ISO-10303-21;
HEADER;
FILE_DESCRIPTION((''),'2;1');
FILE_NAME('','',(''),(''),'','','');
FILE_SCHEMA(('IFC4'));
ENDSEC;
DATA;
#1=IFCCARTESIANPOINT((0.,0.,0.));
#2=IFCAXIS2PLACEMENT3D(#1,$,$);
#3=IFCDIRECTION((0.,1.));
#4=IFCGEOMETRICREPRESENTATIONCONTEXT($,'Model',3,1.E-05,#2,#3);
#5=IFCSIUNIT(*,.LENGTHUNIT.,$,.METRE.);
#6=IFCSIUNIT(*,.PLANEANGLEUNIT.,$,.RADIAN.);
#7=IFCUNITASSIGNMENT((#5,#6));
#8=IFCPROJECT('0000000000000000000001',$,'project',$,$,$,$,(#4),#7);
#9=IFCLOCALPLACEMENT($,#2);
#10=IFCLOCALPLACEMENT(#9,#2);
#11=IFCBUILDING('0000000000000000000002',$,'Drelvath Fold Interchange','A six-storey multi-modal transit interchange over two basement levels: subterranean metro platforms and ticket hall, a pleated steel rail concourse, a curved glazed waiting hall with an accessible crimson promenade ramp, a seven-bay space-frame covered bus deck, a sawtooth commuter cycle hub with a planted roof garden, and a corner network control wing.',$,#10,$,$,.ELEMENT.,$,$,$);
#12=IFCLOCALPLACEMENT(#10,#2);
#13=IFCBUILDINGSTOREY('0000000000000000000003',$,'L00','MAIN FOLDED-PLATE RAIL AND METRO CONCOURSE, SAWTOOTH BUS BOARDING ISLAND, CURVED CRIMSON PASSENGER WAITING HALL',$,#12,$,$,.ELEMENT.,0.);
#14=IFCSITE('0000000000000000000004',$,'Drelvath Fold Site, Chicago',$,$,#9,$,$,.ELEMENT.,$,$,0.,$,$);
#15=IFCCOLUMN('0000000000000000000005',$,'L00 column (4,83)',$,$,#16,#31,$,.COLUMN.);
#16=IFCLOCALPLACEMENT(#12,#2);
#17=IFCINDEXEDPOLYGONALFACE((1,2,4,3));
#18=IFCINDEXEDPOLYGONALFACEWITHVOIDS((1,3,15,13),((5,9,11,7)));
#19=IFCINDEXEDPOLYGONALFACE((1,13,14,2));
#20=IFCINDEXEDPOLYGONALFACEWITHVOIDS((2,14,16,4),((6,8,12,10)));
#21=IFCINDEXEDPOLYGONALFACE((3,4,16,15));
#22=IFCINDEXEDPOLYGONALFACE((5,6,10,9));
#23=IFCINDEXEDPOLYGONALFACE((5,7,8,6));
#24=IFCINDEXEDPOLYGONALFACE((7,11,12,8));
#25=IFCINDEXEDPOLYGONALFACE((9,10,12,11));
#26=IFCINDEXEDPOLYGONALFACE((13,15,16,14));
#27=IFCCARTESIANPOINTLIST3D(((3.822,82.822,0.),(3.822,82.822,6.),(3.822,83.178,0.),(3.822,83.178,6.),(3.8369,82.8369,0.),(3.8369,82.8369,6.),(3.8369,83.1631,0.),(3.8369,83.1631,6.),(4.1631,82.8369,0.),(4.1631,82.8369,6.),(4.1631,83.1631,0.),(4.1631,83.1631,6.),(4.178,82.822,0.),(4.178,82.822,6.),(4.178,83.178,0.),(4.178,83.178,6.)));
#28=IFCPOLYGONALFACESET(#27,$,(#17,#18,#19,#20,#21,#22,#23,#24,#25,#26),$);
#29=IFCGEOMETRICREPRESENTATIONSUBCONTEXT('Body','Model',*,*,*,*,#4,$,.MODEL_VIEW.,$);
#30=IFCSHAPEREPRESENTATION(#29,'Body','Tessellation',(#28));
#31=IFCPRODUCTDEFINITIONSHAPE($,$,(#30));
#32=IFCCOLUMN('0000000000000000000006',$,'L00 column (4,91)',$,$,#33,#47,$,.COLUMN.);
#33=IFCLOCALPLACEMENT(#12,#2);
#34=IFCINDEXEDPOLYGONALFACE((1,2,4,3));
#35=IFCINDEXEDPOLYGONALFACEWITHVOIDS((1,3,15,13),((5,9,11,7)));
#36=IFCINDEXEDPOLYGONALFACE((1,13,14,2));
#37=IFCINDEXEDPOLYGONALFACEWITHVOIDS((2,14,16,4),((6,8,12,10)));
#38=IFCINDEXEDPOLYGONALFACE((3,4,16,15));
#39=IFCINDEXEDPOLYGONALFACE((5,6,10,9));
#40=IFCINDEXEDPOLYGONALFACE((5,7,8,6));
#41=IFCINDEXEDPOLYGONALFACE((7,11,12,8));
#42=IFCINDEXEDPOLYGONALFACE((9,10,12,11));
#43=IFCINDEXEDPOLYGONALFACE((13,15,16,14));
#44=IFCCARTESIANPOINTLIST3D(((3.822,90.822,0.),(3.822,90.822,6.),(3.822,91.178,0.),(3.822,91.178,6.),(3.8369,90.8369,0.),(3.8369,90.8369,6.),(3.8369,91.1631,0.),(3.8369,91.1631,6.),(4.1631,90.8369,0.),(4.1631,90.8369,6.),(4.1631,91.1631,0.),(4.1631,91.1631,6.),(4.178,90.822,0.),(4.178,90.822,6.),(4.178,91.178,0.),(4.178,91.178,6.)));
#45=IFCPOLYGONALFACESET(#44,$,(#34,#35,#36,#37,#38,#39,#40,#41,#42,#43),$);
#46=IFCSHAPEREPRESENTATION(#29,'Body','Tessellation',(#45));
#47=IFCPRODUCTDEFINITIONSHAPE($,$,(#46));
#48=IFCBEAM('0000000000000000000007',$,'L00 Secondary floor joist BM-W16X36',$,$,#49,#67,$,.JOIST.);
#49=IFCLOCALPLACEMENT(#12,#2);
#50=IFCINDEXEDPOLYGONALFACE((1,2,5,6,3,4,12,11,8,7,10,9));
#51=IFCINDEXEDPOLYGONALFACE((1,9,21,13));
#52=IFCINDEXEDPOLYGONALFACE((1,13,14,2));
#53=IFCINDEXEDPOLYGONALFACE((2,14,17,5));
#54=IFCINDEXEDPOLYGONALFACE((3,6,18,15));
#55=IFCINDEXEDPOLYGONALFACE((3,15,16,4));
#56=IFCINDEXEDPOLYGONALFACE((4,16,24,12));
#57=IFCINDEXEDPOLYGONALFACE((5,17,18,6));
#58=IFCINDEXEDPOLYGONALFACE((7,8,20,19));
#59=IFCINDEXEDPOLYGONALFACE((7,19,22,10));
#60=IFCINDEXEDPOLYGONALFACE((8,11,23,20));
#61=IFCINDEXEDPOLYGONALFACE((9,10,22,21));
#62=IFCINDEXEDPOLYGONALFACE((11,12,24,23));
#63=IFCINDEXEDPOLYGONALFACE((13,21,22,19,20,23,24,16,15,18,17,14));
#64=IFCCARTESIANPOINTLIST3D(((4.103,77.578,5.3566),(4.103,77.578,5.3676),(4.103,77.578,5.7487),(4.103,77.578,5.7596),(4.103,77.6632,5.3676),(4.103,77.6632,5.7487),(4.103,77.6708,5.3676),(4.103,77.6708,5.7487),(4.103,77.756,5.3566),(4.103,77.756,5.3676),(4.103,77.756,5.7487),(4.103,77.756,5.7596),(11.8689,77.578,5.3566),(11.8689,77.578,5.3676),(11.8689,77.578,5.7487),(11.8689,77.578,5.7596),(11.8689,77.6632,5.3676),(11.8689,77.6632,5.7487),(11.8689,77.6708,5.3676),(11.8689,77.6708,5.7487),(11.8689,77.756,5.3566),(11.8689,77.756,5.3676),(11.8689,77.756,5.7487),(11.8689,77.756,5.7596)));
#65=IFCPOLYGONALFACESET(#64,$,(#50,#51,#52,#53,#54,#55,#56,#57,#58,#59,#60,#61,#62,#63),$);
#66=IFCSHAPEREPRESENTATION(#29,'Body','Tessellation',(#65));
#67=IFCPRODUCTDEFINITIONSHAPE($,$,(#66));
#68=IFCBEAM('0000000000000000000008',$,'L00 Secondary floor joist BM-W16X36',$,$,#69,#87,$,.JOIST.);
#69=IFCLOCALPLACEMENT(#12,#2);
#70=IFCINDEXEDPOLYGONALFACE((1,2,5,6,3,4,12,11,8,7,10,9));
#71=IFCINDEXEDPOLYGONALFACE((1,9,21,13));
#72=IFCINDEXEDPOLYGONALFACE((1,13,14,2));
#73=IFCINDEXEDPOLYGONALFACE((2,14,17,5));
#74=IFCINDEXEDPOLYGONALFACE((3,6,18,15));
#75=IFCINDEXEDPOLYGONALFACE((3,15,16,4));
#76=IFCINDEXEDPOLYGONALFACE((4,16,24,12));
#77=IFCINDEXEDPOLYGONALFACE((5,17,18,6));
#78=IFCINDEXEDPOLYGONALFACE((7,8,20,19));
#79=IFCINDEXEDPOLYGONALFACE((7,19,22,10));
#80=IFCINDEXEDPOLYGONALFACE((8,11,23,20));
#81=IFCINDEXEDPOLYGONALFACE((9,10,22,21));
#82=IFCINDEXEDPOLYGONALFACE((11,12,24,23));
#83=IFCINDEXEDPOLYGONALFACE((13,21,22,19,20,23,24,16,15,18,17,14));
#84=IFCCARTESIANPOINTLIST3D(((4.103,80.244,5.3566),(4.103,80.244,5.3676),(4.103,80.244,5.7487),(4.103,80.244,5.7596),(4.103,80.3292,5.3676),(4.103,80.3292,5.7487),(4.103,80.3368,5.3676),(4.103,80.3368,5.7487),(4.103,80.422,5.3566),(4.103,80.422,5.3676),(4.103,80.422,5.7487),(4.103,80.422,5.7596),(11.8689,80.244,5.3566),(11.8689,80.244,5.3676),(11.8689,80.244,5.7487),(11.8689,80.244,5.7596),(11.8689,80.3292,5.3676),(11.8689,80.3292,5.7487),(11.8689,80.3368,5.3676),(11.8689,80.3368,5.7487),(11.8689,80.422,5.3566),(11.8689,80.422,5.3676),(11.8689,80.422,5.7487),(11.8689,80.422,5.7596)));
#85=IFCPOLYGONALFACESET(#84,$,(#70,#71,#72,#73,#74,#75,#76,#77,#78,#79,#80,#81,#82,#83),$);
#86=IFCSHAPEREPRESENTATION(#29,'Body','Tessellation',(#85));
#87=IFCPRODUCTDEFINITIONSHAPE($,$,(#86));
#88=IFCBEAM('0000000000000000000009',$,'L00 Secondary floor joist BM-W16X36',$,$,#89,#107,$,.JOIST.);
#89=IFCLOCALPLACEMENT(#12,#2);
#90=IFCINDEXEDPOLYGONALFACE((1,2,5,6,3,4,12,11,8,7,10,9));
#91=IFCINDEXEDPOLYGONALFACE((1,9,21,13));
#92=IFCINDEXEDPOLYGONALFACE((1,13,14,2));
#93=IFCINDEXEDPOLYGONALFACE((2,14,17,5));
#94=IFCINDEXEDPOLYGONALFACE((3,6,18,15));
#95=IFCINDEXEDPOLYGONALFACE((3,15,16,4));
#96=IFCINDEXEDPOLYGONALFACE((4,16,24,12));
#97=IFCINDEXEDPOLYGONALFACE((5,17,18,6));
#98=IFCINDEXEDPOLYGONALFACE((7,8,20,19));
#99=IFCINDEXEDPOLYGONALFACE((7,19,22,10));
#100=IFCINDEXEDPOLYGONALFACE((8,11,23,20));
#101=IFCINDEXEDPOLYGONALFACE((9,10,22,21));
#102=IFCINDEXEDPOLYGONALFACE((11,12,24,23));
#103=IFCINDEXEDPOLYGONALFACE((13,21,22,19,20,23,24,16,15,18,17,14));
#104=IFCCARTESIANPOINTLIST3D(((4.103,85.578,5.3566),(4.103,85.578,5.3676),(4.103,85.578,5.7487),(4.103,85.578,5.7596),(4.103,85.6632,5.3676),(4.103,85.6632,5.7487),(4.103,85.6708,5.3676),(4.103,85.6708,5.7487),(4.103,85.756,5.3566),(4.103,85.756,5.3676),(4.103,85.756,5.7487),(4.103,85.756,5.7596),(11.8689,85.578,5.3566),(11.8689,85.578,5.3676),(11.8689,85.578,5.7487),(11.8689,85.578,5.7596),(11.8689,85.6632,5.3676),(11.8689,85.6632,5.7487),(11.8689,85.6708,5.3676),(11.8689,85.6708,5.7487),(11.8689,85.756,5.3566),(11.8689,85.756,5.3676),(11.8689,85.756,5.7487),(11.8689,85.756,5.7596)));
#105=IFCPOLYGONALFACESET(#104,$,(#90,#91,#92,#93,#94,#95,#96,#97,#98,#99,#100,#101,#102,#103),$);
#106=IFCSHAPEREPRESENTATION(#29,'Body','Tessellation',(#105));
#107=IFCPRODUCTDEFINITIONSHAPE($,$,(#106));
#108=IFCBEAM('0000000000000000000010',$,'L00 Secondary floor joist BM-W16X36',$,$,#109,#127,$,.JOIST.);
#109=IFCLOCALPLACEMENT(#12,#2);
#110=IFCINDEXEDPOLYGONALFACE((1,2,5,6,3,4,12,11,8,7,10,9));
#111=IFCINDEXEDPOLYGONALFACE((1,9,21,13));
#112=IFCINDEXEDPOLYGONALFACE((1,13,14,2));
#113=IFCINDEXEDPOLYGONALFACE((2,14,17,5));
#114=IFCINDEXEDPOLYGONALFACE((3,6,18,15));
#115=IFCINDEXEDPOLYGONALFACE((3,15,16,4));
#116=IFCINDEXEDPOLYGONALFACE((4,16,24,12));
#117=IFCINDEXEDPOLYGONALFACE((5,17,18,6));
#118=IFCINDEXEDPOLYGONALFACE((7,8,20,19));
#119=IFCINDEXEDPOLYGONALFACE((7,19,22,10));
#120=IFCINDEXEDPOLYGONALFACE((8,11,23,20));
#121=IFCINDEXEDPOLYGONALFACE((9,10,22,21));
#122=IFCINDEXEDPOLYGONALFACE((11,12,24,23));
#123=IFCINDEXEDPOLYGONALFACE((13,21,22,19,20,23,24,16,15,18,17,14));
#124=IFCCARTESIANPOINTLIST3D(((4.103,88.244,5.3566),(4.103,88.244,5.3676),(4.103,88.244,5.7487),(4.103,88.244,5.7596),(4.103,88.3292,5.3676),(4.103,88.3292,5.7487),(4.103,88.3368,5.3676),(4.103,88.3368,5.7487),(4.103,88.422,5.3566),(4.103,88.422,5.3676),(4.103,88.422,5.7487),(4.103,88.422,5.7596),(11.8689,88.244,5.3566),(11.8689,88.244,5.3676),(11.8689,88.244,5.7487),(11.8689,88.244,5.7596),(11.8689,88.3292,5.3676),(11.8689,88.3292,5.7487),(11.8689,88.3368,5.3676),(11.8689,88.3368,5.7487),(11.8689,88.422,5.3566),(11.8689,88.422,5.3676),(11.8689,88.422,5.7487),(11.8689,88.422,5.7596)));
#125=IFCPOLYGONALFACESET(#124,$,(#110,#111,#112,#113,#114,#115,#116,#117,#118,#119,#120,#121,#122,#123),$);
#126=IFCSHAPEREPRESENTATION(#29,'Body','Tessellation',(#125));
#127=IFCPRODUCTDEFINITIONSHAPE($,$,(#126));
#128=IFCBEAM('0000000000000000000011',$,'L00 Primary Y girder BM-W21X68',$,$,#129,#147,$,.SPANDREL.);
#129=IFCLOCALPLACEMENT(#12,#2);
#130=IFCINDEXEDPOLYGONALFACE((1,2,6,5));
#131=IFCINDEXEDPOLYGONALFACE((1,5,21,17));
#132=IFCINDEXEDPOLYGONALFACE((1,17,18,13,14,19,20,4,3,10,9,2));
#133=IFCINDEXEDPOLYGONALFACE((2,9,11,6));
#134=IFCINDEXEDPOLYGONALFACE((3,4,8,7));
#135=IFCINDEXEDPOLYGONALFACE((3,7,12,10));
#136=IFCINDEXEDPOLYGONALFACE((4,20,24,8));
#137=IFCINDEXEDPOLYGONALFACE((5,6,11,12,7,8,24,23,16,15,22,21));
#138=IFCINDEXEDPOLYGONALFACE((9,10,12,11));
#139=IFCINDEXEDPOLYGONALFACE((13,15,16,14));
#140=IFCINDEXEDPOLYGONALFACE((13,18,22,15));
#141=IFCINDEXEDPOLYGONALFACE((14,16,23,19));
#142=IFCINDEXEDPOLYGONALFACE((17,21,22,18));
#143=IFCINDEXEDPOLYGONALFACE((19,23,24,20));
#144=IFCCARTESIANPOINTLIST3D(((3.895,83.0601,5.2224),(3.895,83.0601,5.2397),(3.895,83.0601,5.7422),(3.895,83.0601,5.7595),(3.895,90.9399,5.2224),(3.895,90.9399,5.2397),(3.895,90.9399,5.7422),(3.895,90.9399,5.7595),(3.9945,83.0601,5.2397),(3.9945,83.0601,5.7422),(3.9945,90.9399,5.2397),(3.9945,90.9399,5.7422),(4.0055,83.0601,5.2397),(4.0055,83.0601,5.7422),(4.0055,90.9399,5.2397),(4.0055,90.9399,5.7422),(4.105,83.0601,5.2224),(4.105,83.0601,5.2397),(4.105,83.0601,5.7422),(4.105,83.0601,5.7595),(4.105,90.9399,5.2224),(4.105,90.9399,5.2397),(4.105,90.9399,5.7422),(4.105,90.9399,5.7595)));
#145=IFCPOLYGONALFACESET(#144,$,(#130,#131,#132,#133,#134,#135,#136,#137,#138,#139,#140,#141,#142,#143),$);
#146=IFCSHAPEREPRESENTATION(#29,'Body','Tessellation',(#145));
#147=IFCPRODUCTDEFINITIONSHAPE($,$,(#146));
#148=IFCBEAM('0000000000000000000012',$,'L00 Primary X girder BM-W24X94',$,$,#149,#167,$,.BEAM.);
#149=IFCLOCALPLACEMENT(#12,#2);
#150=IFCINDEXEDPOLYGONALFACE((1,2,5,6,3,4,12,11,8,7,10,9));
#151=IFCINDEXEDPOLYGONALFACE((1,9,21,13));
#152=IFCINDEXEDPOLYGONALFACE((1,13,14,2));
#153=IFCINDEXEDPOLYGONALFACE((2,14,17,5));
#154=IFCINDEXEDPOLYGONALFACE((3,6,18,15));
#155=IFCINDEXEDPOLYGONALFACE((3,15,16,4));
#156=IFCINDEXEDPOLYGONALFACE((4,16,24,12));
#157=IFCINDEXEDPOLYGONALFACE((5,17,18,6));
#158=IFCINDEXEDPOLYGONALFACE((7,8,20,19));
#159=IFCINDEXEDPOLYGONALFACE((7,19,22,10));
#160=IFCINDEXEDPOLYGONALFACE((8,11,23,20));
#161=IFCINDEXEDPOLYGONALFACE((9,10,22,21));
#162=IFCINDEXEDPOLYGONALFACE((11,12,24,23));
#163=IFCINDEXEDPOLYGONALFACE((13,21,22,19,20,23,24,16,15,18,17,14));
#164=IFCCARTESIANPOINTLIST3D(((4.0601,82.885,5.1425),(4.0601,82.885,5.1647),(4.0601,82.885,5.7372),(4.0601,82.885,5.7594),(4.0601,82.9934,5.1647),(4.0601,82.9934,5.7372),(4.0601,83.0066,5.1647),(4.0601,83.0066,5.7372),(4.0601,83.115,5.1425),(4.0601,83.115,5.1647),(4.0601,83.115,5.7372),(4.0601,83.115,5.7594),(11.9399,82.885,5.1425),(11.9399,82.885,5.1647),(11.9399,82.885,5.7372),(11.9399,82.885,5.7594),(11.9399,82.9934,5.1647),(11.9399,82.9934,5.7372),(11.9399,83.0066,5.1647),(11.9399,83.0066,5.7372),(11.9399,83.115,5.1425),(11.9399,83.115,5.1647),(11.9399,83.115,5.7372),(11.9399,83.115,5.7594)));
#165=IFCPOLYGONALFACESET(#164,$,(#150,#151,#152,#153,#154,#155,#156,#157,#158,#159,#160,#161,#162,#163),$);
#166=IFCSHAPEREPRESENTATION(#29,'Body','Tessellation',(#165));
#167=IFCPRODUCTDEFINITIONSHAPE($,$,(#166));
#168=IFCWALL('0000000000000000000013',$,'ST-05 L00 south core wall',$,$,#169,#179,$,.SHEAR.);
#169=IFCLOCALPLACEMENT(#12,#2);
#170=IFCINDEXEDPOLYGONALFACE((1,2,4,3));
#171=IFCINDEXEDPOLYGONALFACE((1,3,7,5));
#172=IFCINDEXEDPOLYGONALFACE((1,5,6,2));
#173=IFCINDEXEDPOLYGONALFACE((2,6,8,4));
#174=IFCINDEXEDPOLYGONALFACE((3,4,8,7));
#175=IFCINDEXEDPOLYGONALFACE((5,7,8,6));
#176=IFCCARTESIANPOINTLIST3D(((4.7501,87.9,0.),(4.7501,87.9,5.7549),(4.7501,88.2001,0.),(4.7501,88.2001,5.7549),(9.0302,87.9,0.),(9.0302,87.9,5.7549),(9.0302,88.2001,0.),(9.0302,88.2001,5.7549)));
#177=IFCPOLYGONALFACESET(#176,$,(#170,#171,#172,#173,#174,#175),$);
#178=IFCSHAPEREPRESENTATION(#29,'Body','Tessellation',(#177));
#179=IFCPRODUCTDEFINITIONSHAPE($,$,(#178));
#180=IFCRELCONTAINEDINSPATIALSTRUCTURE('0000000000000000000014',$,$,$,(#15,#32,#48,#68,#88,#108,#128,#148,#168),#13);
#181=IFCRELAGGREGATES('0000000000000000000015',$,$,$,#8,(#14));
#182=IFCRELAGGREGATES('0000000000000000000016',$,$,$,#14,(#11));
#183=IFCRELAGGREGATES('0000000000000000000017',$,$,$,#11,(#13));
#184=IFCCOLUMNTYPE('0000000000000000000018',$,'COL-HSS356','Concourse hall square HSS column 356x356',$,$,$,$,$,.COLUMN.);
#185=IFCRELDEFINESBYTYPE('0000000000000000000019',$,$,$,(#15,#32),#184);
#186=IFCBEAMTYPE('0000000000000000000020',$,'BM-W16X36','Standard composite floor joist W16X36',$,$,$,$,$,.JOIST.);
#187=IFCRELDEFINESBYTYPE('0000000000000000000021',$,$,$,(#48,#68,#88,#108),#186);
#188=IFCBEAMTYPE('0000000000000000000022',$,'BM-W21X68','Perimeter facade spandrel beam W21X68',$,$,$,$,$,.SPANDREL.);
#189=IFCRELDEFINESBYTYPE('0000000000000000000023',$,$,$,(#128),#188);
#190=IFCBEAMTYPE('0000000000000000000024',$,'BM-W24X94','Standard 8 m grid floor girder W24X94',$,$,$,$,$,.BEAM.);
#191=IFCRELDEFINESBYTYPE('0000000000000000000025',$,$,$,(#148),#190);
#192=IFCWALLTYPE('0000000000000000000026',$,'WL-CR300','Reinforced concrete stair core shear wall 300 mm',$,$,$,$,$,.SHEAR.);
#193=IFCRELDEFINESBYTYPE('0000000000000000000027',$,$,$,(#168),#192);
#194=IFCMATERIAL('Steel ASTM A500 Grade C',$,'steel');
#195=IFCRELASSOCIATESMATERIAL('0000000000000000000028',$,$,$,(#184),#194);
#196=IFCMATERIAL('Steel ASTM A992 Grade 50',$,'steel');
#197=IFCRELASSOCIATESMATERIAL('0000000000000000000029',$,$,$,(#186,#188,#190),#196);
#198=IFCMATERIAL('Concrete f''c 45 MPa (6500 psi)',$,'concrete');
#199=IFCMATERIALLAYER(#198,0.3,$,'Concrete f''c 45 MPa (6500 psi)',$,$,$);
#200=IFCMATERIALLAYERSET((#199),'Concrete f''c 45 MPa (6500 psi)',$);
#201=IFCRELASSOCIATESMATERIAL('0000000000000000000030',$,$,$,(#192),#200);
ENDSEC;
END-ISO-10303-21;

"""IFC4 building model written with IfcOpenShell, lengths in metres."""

from ifc_helpers import new_model, si_unit, direction, frame, frame_2d, origin, origin_2d, place, context, subcontext, project, spatial, rectangle, hollow_rectangle, i_section, extrude, material, layer, layer_set, material_profile, profile_set, type_object, element, save


model = new_model("IFC4")

# Units and contexts
model_context = context("Model", 3, precision=1e-05, world=origin(), true_north=direction((0.0, 1.0)))
body_context = subcontext(model_context, "Body", "Model", "MODEL_VIEW")
ifc_project = project(units=[si_unit("LENGTHUNIT", "METRE"), si_unit("PLANEANGLEUNIT", "RADIAN")], contexts=[model_context])

# Site, building, storey
site_placement = place(None, origin())
site = spatial("IfcSite", under=ifc_project, at=site_placement, Name="Drelvath Fold Site, Chicago", CompositionType="ELEMENT", RefElevation=0.0)
building_placement = place(site_placement, origin())
building = spatial("IfcBuilding", under=site, at=building_placement, Name="Drelvath Fold Interchange", Description="A six-storey multi-modal transit interchange over two basement levels: subterranean metro platforms and ticket hall, a pleated steel rail concourse, a curved glazed waiting hall with an accessible crimson promenade ramp, a seven-bay space-frame covered bus deck, a sawtooth commuter cycle hub with a planted roof garden, and a corner network control wing.", CompositionType="ELEMENT")
storey_placement = place(building_placement, origin())
storey = spatial("IfcBuildingStorey", under=building, at=storey_placement, Name="L00", Description="MAIN FOLDED-PLATE RAIL AND METRO CONCOURSE, SAWTOOTH BUS BOARDING ISLAND, CURVED CRIMSON PASSENGER WAITING HALL", CompositionType="ELEMENT", Elevation=0.0)

# Columns
ifc_material_1 = material(Name="Steel ASTM A500 Grade C", Category="steel")
ifc_material_profile_1 = material_profile(ifc_material_1, hollow_rectangle(XDim=0.356, YDim=0.356, WallThickness=0.0149, at=origin_2d()), Name="HSS14X14X5/8")
ifc_profile_set_1 = profile_set([ifc_material_profile_1], Name="Steel ASTM A500 Grade C")
column_type = type_object("IfcColumnType", Name="COL-HSS356", Description="Concourse hall square HSS column 356x356", PredefinedType="COLUMN", material=ifc_profile_set_1)
for number, where, z_axis, x_axis, name in (
    (1, (4.0, 83.0, 0.0), (0.0, 0.0, 1.0), (1.0, 0.0, 0.0), "L00 column (4,83)"),
    (2, (4.0, 91.0, 0.0), (0.0, 0.0, 1.0), (1.0, 0.0, 0.0), "L00 column (4,91)"),
):
    element("IfcColumn", number, at=place(storey_placement, frame(where, z_axis=z_axis, x_axis=x_axis)), inside=storey, type_object=column_type, Name=name, PredefinedType="COLUMN", context=body_context, shape_type="SweptSolid", body=[
        extrude(hollow_rectangle(XDim=0.356, YDim=0.356, WallThickness=0.0149, at=origin_2d()), origin(), (0.0, 0.0, 1.0), 6.0),
    ])

# Beams
ifc_material_2 = material(Name="Steel ASTM A992 Grade 50", Category="steel")
ifc_material_profile_2 = material_profile(ifc_material_2, i_section(OverallWidth=0.178, OverallDepth=0.4031, WebThickness=0.0076, FlangeThickness=0.011, at=origin_2d()), Name="W16X36")
ifc_profile_set_2 = profile_set([ifc_material_profile_2], Name="Steel ASTM A992 Grade 50")
beam_type_1 = type_object("IfcBeamType", Name="BM-W16X36", Description="Standard composite floor joist W16X36", PredefinedType="JOIST", material=ifc_profile_set_2)
for number, where, z_axis, x_axis, name in (
    (3, (4.103, 77.667, 5.5581), (1.0, 0.0, 0.0), (0.0, 1.0, 0.0), "L00 Secondary floor joist BM-W16X36"),
    (4, (4.103, 80.333, 5.5581), (1.0, 0.0, 0.0), (0.0, 1.0, 0.0), "L00 Secondary floor joist BM-W16X36"),
    (5, (4.103, 85.667, 5.5581), (1.0, 0.0, 0.0), (0.0, 1.0, 0.0), "L00 Secondary floor joist BM-W16X36"),
    (6, (4.103, 88.333, 5.5581), (1.0, 0.0, 0.0), (0.0, 1.0, 0.0), "L00 Secondary floor joist BM-W16X36"),
):
    element("IfcBeam", number, at=place(storey_placement, frame(where, z_axis=z_axis, x_axis=x_axis)), inside=storey, type_object=beam_type_1, Name=name, PredefinedType="JOIST", context=body_context, shape_type="SweptSolid", body=[
        extrude(i_section(OverallWidth=0.178, OverallDepth=0.4031, WebThickness=0.0076, FlangeThickness=0.011, at=origin_2d()), origin(), (0.0, 0.0, 1.0), 7.7659),
    ])
ifc_material_profile_3 = material_profile(ifc_material_2, i_section(OverallWidth=0.21, OverallDepth=0.5371, WebThickness=0.011, FlangeThickness=0.0173, at=origin_2d()), Name="W21X68")
ifc_profile_set_3 = profile_set([ifc_material_profile_3], Name="Steel ASTM A992 Grade 50")
beam_type_2 = type_object("IfcBeamType", Name="BM-W21X68", Description="Perimeter facade spandrel beam W21X68", PredefinedType="SPANDREL", material=ifc_profile_set_3)
beam_1_placement = place(storey_placement, frame((4.0, 83.0601, 5.491), z_axis=(0.0, 1.0, 0.0), x_axis=(-1.0, 0.0, 0.0)))
element("IfcBeam", 7, at=beam_1_placement, inside=storey, type_object=beam_type_2, Name="L00 Primary Y girder BM-W21X68", PredefinedType="SPANDREL", context=body_context, shape_type="SweptSolid", body=[
    extrude(i_section(OverallWidth=0.21, OverallDepth=0.5371, WebThickness=0.011, FlangeThickness=0.0173, at=origin_2d()), origin(), (0.0, 0.0, 1.0), 7.8799),
])
ifc_material_profile_4 = material_profile(ifc_material_2, i_section(OverallWidth=0.23, OverallDepth=0.6169, WebThickness=0.0132, FlangeThickness=0.0222, at=origin_2d()), Name="W24X94")
ifc_profile_set_4 = profile_set([ifc_material_profile_4], Name="Steel ASTM A992 Grade 50")
beam_type_3 = type_object("IfcBeamType", Name="BM-W24X94", Description="Standard 8 m grid floor girder W24X94", PredefinedType="BEAM", material=ifc_profile_set_4)
beam_2_placement = place(storey_placement, frame((4.0601, 83.0, 5.4509), z_axis=(1.0, 0.0, 0.0), x_axis=(0.0, 1.0, 0.0)))
element("IfcBeam", 8, at=beam_2_placement, inside=storey, type_object=beam_type_3, Name="L00 Primary X girder BM-W24X94", PredefinedType="BEAM", context=body_context, shape_type="SweptSolid", body=[
    extrude(i_section(OverallWidth=0.23, OverallDepth=0.6169, WebThickness=0.0132, FlangeThickness=0.0222, at=origin_2d()), origin(), (0.0, 0.0, 1.0), 7.8799),
])

# Wall
ifc_material_3 = material(Name="Concrete f'c 45 MPa (6500 psi)", Category="concrete")
ifc_layer_1 = layer(ifc_material_3, 0.3, Name="Concrete f'c 45 MPa (6500 psi)")
ifc_layer_set_1 = layer_set([ifc_layer_1], Name="Concrete f'c 45 MPa (6500 psi)")
wall_type_1 = type_object("IfcWallType", Name="WL-CR300", Description="Reinforced concrete stair core shear wall 300 mm", PredefinedType="SHEAR", material=ifc_layer_set_1)
wall_1_placement = place(storey_placement, frame((4.75, 88.05, 0.0), z_axis=(0.0, 0.0, 1.0), x_axis=(1.0, 0.0, 0.0)))
element("IfcWall", 9, at=wall_1_placement, inside=storey, type_object=wall_type_1, Name="ST-05 L00 south core wall", PredefinedType="SHEAR", context=body_context, shape_type="SweptSolid", body=[
    extrude(rectangle(XDim=4.28, YDim=0.3, at=frame_2d((2.1401, 0.0))), origin(), (0.0, 0.0, 1.0), 5.7549),
])

save(model, "model.ifc")
